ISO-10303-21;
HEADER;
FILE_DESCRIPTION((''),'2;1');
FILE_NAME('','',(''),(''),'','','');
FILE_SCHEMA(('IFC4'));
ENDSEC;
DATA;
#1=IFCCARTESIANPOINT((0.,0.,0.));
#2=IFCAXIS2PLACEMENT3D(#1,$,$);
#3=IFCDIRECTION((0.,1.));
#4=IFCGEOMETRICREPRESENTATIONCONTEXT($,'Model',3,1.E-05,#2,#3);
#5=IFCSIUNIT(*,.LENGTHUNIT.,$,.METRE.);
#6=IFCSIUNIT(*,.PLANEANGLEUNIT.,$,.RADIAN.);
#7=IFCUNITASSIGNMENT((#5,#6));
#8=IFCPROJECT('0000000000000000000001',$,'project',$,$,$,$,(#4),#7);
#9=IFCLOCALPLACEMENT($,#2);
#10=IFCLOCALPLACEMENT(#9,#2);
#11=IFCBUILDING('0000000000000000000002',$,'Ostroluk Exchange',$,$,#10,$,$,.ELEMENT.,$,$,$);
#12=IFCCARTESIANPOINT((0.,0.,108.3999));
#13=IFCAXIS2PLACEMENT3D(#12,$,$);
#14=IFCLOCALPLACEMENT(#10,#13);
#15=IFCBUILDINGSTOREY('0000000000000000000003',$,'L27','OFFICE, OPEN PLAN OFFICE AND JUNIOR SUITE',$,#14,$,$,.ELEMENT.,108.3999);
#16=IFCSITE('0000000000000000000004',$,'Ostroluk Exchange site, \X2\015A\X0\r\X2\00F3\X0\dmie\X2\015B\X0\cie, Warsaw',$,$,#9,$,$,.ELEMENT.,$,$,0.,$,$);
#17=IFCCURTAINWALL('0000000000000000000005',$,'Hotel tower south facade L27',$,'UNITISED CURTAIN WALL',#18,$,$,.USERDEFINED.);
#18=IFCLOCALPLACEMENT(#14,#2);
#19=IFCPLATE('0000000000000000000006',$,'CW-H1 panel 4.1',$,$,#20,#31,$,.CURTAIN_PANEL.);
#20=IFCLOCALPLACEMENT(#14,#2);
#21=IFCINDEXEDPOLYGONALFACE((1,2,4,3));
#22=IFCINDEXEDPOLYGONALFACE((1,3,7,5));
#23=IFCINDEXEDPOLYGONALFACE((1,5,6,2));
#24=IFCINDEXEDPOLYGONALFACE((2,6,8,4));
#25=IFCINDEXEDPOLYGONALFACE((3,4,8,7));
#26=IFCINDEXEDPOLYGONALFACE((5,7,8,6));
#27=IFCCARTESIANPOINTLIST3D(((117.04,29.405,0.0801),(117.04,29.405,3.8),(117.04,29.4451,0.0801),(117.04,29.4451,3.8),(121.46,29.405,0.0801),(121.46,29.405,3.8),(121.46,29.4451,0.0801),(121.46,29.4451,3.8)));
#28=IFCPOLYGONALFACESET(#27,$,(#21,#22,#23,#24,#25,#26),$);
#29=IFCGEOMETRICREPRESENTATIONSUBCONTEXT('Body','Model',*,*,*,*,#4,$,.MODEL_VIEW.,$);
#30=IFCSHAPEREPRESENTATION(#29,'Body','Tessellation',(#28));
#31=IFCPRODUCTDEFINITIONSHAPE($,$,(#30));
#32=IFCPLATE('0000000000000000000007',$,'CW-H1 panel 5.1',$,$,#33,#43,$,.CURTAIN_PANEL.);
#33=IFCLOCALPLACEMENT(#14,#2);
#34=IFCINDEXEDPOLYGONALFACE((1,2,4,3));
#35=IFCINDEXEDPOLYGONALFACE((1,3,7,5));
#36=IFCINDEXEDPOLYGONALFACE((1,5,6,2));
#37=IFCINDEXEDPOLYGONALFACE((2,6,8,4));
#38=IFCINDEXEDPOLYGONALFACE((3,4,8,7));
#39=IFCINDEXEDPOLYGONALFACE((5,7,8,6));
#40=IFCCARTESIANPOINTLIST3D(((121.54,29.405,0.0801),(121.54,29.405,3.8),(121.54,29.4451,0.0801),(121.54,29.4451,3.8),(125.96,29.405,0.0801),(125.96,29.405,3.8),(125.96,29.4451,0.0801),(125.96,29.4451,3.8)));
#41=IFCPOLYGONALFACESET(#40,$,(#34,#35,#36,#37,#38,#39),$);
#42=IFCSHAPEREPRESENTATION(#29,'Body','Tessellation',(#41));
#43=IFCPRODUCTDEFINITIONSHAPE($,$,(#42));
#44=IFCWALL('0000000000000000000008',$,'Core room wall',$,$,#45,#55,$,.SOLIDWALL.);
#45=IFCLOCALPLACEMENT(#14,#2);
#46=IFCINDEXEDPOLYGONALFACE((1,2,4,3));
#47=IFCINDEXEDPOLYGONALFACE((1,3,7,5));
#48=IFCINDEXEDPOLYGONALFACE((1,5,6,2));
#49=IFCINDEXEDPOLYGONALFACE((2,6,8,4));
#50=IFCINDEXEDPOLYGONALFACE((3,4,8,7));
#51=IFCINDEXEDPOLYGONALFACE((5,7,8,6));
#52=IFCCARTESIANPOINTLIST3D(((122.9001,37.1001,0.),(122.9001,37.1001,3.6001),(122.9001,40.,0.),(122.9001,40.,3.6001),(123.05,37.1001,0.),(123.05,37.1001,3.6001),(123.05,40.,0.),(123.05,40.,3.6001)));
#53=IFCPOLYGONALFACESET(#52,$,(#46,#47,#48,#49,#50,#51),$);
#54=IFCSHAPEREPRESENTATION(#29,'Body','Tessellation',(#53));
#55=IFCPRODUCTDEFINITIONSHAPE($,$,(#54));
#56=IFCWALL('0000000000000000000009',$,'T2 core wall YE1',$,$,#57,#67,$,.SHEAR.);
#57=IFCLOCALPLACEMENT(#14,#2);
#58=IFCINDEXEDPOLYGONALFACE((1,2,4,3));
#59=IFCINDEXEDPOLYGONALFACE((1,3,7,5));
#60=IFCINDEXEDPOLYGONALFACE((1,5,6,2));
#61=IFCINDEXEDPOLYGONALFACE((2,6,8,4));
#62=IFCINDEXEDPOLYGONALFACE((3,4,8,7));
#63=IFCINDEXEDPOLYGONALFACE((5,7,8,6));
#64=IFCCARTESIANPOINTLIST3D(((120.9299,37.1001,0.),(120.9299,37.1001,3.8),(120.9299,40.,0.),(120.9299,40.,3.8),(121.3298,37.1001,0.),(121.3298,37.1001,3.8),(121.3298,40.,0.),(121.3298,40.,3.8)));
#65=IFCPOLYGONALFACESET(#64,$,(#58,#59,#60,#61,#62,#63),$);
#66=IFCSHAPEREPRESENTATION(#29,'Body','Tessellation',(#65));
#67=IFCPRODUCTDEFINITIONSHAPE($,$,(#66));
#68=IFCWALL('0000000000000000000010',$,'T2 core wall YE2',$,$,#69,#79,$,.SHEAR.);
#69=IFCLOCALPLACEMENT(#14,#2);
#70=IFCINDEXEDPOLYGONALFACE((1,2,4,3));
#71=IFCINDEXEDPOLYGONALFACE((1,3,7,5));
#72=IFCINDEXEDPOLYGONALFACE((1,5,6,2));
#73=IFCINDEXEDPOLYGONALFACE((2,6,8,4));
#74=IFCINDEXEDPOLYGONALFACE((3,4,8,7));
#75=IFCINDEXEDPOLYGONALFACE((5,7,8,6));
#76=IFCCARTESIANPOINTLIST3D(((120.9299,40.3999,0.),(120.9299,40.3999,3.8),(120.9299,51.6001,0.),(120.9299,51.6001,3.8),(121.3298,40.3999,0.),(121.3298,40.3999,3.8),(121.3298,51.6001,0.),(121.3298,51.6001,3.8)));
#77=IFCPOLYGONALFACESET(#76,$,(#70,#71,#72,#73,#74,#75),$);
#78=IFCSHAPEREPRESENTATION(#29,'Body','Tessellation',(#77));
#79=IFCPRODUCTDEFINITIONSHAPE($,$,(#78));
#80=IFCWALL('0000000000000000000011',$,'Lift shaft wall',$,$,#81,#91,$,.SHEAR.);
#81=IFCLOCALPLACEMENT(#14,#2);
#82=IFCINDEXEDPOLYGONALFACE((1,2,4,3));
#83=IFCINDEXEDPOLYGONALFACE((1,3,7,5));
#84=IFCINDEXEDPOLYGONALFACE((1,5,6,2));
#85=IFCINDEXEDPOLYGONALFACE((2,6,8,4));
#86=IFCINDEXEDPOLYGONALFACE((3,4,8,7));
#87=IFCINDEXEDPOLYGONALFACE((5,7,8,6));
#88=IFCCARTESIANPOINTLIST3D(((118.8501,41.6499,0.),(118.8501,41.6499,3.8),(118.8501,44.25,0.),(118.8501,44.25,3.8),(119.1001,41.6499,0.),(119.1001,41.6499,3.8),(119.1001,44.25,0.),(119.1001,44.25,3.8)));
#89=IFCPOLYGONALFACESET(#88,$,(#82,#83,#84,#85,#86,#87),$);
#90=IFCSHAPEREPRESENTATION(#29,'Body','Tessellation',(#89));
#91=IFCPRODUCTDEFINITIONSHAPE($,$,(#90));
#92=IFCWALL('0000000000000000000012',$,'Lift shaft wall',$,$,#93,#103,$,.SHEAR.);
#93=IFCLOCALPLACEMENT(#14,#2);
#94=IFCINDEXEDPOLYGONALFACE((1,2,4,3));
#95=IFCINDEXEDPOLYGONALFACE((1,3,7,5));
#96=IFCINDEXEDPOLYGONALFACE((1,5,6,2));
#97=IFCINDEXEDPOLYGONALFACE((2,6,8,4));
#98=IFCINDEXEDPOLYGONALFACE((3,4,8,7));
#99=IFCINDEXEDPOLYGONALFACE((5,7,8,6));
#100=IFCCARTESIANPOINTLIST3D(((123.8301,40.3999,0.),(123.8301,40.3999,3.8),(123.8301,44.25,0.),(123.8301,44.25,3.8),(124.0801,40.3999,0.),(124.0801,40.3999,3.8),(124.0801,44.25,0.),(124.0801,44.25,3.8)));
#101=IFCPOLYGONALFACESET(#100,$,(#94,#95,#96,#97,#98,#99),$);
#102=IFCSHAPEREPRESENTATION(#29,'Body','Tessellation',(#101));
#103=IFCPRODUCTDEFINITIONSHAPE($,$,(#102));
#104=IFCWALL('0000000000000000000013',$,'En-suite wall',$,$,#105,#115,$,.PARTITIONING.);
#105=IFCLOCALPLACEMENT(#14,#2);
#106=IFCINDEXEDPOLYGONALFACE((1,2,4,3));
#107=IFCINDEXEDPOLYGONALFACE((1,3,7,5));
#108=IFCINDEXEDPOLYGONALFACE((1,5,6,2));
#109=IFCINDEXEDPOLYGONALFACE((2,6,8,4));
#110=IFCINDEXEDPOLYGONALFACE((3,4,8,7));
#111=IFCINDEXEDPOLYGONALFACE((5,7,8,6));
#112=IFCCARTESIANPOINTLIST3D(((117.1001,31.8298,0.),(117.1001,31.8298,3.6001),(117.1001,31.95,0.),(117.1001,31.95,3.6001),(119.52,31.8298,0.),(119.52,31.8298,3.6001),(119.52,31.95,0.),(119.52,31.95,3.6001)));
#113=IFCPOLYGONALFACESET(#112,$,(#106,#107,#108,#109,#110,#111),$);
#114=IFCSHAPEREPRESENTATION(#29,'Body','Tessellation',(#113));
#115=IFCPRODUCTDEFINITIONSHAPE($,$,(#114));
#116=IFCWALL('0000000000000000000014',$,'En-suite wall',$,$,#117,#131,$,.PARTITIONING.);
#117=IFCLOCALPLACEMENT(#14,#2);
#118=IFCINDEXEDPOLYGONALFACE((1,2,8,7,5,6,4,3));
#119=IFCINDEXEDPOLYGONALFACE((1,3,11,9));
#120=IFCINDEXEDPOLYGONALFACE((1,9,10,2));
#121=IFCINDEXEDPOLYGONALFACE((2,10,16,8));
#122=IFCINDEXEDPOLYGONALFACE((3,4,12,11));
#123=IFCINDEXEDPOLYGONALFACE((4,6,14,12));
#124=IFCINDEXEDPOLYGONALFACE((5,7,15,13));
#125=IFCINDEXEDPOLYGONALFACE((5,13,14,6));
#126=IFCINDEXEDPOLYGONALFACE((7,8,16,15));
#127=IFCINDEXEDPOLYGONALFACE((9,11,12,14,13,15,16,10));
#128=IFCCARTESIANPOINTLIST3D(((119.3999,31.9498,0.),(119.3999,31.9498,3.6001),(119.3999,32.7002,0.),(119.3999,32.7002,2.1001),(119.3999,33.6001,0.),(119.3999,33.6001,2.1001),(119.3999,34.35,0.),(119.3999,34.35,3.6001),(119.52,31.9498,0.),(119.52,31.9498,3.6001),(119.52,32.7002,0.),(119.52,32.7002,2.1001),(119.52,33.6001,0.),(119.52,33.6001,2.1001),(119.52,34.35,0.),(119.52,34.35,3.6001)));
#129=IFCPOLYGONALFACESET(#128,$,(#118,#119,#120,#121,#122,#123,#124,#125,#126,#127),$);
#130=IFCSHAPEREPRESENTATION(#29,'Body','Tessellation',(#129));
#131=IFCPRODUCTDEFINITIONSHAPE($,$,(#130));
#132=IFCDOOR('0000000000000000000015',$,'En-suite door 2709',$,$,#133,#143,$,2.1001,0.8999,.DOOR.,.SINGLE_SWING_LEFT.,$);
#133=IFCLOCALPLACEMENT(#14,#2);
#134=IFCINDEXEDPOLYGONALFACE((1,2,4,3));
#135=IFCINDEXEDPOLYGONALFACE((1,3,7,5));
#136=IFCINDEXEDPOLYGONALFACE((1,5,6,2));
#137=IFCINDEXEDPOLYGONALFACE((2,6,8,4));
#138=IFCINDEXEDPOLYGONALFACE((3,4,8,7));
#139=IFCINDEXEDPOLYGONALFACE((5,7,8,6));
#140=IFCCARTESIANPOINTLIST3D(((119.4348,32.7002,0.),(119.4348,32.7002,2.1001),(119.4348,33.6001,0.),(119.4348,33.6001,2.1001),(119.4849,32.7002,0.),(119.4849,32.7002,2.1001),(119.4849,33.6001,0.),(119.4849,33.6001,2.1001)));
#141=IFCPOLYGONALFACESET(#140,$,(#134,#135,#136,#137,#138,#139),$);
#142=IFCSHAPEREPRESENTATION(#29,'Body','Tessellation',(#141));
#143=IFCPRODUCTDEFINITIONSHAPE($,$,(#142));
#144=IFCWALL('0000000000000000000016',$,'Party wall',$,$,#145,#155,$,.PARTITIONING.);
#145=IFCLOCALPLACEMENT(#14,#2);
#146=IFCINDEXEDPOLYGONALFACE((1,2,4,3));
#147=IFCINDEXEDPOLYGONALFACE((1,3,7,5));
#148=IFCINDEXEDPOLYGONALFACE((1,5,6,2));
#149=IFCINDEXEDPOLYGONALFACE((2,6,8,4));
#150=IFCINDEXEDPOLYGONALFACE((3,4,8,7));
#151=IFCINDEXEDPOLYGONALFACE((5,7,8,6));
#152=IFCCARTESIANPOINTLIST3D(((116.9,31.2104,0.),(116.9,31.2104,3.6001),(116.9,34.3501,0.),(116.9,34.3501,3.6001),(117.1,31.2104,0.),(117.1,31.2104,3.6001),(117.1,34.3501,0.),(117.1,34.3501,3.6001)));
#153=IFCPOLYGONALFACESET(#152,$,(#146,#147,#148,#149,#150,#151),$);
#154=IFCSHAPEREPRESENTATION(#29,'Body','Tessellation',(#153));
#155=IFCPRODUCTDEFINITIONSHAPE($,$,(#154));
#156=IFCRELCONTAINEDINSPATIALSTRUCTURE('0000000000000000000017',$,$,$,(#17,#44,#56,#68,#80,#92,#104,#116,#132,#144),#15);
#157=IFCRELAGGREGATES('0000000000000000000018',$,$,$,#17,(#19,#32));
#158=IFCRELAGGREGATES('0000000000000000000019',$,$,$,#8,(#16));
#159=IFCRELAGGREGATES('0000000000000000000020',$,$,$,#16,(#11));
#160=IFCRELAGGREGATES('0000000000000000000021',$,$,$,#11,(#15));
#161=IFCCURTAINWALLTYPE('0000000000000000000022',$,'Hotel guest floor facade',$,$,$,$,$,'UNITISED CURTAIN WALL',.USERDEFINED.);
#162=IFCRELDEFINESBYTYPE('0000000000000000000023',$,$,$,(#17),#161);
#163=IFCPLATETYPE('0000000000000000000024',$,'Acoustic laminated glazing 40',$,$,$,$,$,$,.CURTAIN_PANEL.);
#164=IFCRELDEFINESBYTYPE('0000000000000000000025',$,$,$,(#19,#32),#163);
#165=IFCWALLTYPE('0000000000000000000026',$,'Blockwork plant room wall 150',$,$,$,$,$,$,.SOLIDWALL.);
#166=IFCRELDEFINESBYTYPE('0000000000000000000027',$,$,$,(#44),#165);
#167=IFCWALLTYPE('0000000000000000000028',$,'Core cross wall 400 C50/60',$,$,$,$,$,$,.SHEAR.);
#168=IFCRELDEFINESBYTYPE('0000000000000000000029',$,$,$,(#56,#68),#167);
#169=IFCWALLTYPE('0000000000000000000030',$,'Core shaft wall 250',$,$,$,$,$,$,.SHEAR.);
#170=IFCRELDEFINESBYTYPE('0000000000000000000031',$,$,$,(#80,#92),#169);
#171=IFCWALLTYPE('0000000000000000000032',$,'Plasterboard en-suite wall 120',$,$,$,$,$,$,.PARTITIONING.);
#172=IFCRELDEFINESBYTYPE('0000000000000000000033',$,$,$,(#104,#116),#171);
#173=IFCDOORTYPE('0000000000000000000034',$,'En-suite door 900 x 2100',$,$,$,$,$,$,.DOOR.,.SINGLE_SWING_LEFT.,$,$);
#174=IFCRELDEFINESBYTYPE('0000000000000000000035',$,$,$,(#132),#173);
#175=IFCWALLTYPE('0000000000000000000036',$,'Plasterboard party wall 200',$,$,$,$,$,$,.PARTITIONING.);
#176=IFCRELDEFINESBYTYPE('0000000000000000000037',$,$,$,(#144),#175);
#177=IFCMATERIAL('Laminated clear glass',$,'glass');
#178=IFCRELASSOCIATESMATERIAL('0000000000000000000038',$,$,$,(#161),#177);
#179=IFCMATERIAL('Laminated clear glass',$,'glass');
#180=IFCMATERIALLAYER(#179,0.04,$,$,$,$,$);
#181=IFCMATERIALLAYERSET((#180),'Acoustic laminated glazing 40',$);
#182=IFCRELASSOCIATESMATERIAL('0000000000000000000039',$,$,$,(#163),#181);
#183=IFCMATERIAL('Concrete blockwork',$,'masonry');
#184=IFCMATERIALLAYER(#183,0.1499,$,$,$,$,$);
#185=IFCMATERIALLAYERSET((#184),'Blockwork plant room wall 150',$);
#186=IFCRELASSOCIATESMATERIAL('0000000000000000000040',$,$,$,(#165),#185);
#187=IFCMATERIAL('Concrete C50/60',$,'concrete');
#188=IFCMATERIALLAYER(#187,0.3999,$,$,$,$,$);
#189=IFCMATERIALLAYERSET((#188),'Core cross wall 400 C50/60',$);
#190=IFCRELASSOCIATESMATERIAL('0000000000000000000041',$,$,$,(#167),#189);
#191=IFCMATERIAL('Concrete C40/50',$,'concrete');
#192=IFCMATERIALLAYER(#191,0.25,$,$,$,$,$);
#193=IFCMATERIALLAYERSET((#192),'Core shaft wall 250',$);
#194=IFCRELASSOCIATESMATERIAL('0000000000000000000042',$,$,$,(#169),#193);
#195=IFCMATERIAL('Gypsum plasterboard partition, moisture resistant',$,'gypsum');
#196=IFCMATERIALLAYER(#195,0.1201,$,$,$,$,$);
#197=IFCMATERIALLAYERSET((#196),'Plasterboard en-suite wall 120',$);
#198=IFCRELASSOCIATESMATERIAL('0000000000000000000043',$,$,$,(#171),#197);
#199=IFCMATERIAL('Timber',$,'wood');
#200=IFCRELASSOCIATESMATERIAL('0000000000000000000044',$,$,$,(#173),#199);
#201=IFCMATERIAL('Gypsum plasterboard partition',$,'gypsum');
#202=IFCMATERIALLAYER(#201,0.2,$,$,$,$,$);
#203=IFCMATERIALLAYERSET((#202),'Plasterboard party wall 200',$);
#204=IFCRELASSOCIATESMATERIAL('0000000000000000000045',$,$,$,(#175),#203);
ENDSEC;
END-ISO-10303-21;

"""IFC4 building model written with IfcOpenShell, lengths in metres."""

from ifc_helpers import new_model, si_unit, direction, frame, frame_2d, origin, origin_2d, place, context, subcontext, project, spatial, rectangle, extrude, material, layer, layer_set, type_object, element, fill, aggregate, save


model = new_model("IFC4")

# Units and contexts
model_context = context("Model", 3, precision=1e-05, world=origin(), true_north=direction((0.0, 1.0)))
body_context = subcontext(model_context, "Body", "Model", "MODEL_VIEW")
ifc_project = project(units=[si_unit("LENGTHUNIT", "METRE"), si_unit("PLANEANGLEUNIT", "RADIAN")], contexts=[model_context])

# Site, building, storey
site_placement = place(None, origin())
site = spatial("IfcSite", under=ifc_project, at=site_placement, Name="Ostroluk Exchange site, Śródmieście, Warsaw", CompositionType="ELEMENT", RefElevation=0.0)
building_placement = place(site_placement, origin())
building = spatial("IfcBuilding", under=site, at=building_placement, Name="Ostroluk Exchange", CompositionType="ELEMENT")
storey_placement = place(building_placement, frame((0.0, 0.0, 108.3999)))
storey = spatial("IfcBuildingStorey", under=building, at=storey_placement, Name="L27", Description="OFFICE, OPEN PLAN OFFICE AND JUNIOR SUITE", CompositionType="ELEMENT", Elevation=108.3999)

# Curtain wall, plates
ifc_material_1 = material(Name="Laminated clear glass", Category="glass")
curtain_wall_type = type_object("IfcCurtainWallType", Name="Hotel guest floor facade", ElementType="UNITISED CURTAIN WALL", PredefinedType="USERDEFINED", material=ifc_material_1)
curtain_wall_placement = place(storey_placement, origin())
curtain_wall = element("IfcCurtainWall", 1, at=curtain_wall_placement, inside=storey, type_object=curtain_wall_type, Name="Hotel tower south facade L27", ObjectType="UNITISED CURTAIN WALL", PredefinedType="USERDEFINED")
ifc_material_2 = material(Name="Laminated clear glass", Category="glass")
ifc_layer_1 = layer(ifc_material_2, 0.04)
ifc_layer_set_1 = layer_set([ifc_layer_1], Name="Acoustic laminated glazing 40")
plate_type = type_object("IfcPlateType", Name="Acoustic laminated glazing 40", PredefinedType="CURTAIN_PANEL", material=ifc_layer_set_1)
plate_1_placement = place(storey_placement, frame((119.25, 29.425, 0.0801), z_axis=(0.0, 0.0, 1.0), x_axis=(1.0, 0.0, 0.0)))
plate_1 = element("IfcPlate", 2, at=plate_1_placement, type_object=plate_type, Name="CW-H1 panel 4.1", PredefinedType="CURTAIN_PANEL", context=body_context, shape_type="SweptSolid", body=[
    extrude(rectangle(XDim=4.4199, YDim=0.04, at=origin_2d()), origin(), (0.0, 0.0, 1.0), 3.72),
])
plate_2_placement = place(storey_placement, frame((123.75, 29.425, 0.0801), z_axis=(0.0, 0.0, 1.0), x_axis=(1.0, 0.0, 0.0)))
plate_2 = element("IfcPlate", 3, at=plate_2_placement, type_object=plate_type, Name="CW-H1 panel 5.1", PredefinedType="CURTAIN_PANEL", context=body_context, shape_type="SweptSolid", body=[
    extrude(rectangle(XDim=4.4199, YDim=0.04, at=origin_2d()), origin(), (0.0, 0.0, 1.0), 3.72),
])
aggregate(curtain_wall, [plate_1, plate_2])

# Walls
ifc_material_3 = material(Name="Concrete blockwork", Category="masonry")
ifc_layer_2 = layer(ifc_material_3, 0.1499)
ifc_layer_set_2 = layer_set([ifc_layer_2], Name="Blockwork plant room wall 150")
wall_type_1 = type_object("IfcWallType", Name="Blockwork plant room wall 150", PredefinedType="SOLIDWALL", material=ifc_layer_set_2)
wall_1_placement = place(storey_placement, frame((122.9751, 37.1001, 0.0), z_axis=(0.0, 0.0, 1.0), x_axis=(0.0, 1.0, 0.0)))
element("IfcWall", 4, at=wall_1_placement, inside=storey, type_object=wall_type_1, Name="Core room wall", PredefinedType="SOLIDWALL", context=body_context, shape_type="SweptSolid", body=[
    extrude(rectangle(XDim=2.8999, YDim=0.1499, at=frame_2d((1.45, 0.0))), origin(), (0.0, 0.0, 1.0), 3.6001),
])
ifc_material_4 = material(Name="Concrete C50/60", Category="concrete")
ifc_layer_3 = layer(ifc_material_4, 0.3999)
ifc_layer_set_3 = layer_set([ifc_layer_3], Name="Core cross wall 400 C50/60")
wall_type_2 = type_object("IfcWallType", Name="Core cross wall 400 C50/60", PredefinedType="SHEAR", material=ifc_layer_set_3)
wall_2_placement = place(storey_placement, frame((121.1299, 37.1001, 0.0), z_axis=(0.0, 0.0, 1.0), x_axis=(0.0, 1.0, 0.0)))
element("IfcWall", 5, at=wall_2_placement, inside=storey, type_object=wall_type_2, Name="T2 core wall YE1", PredefinedType="SHEAR", context=body_context, shape_type="SweptSolid", body=[
    extrude(rectangle(XDim=2.8999, YDim=0.3999, at=frame_2d((1.45, 0.0))), origin(), (0.0, 0.0, 1.0), 3.8),
])
wall_3_placement = place(storey_placement, frame((121.1299, 40.3999, 0.0), z_axis=(0.0, 0.0, 1.0), x_axis=(0.0, 1.0, 0.0)))
element("IfcWall", 6, at=wall_3_placement, inside=storey, type_object=wall_type_2, Name="T2 core wall YE2", PredefinedType="SHEAR", context=body_context, shape_type="SweptSolid", body=[
    extrude(rectangle(XDim=11.2002, YDim=0.3999, at=frame_2d((5.6001, 0.0))), origin(), (0.0, 0.0, 1.0), 3.8),
])
ifc_material_5 = material(Name="Concrete C40/50", Category="concrete")
ifc_layer_4 = layer(ifc_material_5, 0.25)
ifc_layer_set_4 = layer_set([ifc_layer_4], Name="Core shaft wall 250")
wall_type_3 = type_object("IfcWallType", Name="Core shaft wall 250", PredefinedType="SHEAR", material=ifc_layer_set_4)
wall_4_placement = place(storey_placement, frame((118.9751, 44.25, 0.0), z_axis=(0.0, 0.0, 1.0), x_axis=(0.0, -1.0, 0.0)))
element("IfcWall", 7, at=wall_4_placement, inside=storey, type_object=wall_type_3, Name="Lift shaft wall", PredefinedType="SHEAR", context=body_context, shape_type="SweptSolid", body=[
    extrude(rectangle(XDim=2.6001, YDim=0.25, at=frame_2d((1.3, 0.0))), origin(), (0.0, 0.0, 1.0), 3.8),
])
wall_5_placement = place(storey_placement, frame((123.9551, 44.25, 0.0), z_axis=(0.0, 0.0, 1.0), x_axis=(0.0, -1.0, 0.0)))
element("IfcWall", 8, at=wall_5_placement, inside=storey, type_object=wall_type_3, Name="Lift shaft wall", PredefinedType="SHEAR", context=body_context, shape_type="SweptSolid", body=[
    extrude(rectangle(XDim=3.8501, YDim=0.25, at=frame_2d((1.925, 0.0))), origin(), (0.0, 0.0, 1.0), 3.8),
])

# Wall
ifc_material_6 = material(Name="Gypsum plasterboard partition, moisture resistant", Category="gypsum")
ifc_layer_5 = layer(ifc_material_6, 0.1201)
ifc_layer_set_5 = layer_set([ifc_layer_5], Name="Plasterboard en-suite wall 120")
wall_type_4 = type_object("IfcWallType", Name="Plasterboard en-suite wall 120", PredefinedType="PARTITIONING", material=ifc_layer_set_5)
wall_6_placement = place(storey_placement, frame((117.1001, 31.8899, 0.0), z_axis=(0.0, 0.0, 1.0), x_axis=(1.0, 0.0, 0.0)))
element("IfcWall", 9, at=wall_6_placement, inside=storey, type_object=wall_type_4, Name="En-suite wall", PredefinedType="PARTITIONING", context=body_context, shape_type="SweptSolid", body=[
    extrude(rectangle(XDim=2.4199, YDim=0.1201, at=frame_2d((1.21, 0.0))), origin(), (0.0, 0.0, 1.0), 3.6001),
])

# Wall, opening, door
wall_7_placement = place(storey_placement, frame((119.46, 34.3501, 0.0), z_axis=(0.0, 0.0, 1.0), x_axis=(0.0, -1.0, 0.0)))
wall_7 = element("IfcWall", 10, at=wall_7_placement, inside=storey, type_object=wall_type_4, Name="En-suite wall", PredefinedType="PARTITIONING", context=body_context, shape_type="SweptSolid", body=[
    extrude(rectangle(XDim=2.4001, YDim=0.1201, at=frame_2d((1.2002, 0.0))), origin(), (0.0, 0.0, 1.0), 3.6001),
])
opening_1_placement = place(wall_7_placement, frame((0.75, 0.0, 0.0)))
opening_1 = element("IfcOpeningElement", 11, at=opening_1_placement, cuts=wall_7, PredefinedType="OPENING", context=body_context, shape_type="SweptSolid", body=[
    extrude(rectangle(XDim=0.8999, YDim=2.1001, at=frame_2d((0.45, 1.05))), frame((0.0, 0.0701, 0.0), z_axis=(0.0, -1.0, 0.0), x_axis=(1.0, 0.0, 0.0)), (0.0, 0.0, 1.0), 0.1401),
])
ifc_material_7 = material(Name="Timber", Category="wood")
door_type_1 = type_object("IfcDoorType", Name="En-suite door 900 x 2100", OperationType="SINGLE_SWING_LEFT", PredefinedType="DOOR", material=ifc_material_7)
door_1_placement = place(opening_1_placement, origin())
door_1 = element("IfcDoor", 12, at=door_1_placement, inside=storey, type_object=door_type_1, Name="En-suite door 2709", OperationType="SINGLE_SWING_LEFT", OverallHeight=2.1001, OverallWidth=0.8999, PredefinedType="DOOR", context=body_context, shape_type="SweptSolid", body=[
    extrude(rectangle(XDim=0.8999, YDim=2.1001, at=frame_2d((0.45, 1.05))), frame((0.0, 0.0249, 0.0), z_axis=(0.0, -1.0, 0.0), x_axis=(1.0, 0.0, 0.0)), (0.0, 0.0, 1.0), 0.05),
])
fill(opening_1, door_1)

# Wall
ifc_material_8 = material(Name="Gypsum plasterboard partition", Category="gypsum")
ifc_layer_6 = layer(ifc_material_8, 0.2)
ifc_layer_set_6 = layer_set([ifc_layer_6], Name="Plasterboard party wall 200")
wall_type_5 = type_object("IfcWallType", Name="Plasterboard party wall 200", PredefinedType="PARTITIONING", material=ifc_layer_set_6)
wall_8_placement = place(storey_placement, frame((117.0, 34.3501, 0.0), z_axis=(0.0, 0.0, 1.0), x_axis=(0.0, -1.0, 0.0)))
element("IfcWall", 13, at=wall_8_placement, inside=storey, type_object=wall_type_5, Name="Party wall", PredefinedType="PARTITIONING", context=body_context, shape_type="SweptSolid", body=[
    extrude(rectangle(XDim=3.1396, YDim=0.2, at=frame_2d((1.5698, 0.0))), origin(), (0.0, 0.0, 1.0), 3.6001),
])

save(model, "model.ifc")
